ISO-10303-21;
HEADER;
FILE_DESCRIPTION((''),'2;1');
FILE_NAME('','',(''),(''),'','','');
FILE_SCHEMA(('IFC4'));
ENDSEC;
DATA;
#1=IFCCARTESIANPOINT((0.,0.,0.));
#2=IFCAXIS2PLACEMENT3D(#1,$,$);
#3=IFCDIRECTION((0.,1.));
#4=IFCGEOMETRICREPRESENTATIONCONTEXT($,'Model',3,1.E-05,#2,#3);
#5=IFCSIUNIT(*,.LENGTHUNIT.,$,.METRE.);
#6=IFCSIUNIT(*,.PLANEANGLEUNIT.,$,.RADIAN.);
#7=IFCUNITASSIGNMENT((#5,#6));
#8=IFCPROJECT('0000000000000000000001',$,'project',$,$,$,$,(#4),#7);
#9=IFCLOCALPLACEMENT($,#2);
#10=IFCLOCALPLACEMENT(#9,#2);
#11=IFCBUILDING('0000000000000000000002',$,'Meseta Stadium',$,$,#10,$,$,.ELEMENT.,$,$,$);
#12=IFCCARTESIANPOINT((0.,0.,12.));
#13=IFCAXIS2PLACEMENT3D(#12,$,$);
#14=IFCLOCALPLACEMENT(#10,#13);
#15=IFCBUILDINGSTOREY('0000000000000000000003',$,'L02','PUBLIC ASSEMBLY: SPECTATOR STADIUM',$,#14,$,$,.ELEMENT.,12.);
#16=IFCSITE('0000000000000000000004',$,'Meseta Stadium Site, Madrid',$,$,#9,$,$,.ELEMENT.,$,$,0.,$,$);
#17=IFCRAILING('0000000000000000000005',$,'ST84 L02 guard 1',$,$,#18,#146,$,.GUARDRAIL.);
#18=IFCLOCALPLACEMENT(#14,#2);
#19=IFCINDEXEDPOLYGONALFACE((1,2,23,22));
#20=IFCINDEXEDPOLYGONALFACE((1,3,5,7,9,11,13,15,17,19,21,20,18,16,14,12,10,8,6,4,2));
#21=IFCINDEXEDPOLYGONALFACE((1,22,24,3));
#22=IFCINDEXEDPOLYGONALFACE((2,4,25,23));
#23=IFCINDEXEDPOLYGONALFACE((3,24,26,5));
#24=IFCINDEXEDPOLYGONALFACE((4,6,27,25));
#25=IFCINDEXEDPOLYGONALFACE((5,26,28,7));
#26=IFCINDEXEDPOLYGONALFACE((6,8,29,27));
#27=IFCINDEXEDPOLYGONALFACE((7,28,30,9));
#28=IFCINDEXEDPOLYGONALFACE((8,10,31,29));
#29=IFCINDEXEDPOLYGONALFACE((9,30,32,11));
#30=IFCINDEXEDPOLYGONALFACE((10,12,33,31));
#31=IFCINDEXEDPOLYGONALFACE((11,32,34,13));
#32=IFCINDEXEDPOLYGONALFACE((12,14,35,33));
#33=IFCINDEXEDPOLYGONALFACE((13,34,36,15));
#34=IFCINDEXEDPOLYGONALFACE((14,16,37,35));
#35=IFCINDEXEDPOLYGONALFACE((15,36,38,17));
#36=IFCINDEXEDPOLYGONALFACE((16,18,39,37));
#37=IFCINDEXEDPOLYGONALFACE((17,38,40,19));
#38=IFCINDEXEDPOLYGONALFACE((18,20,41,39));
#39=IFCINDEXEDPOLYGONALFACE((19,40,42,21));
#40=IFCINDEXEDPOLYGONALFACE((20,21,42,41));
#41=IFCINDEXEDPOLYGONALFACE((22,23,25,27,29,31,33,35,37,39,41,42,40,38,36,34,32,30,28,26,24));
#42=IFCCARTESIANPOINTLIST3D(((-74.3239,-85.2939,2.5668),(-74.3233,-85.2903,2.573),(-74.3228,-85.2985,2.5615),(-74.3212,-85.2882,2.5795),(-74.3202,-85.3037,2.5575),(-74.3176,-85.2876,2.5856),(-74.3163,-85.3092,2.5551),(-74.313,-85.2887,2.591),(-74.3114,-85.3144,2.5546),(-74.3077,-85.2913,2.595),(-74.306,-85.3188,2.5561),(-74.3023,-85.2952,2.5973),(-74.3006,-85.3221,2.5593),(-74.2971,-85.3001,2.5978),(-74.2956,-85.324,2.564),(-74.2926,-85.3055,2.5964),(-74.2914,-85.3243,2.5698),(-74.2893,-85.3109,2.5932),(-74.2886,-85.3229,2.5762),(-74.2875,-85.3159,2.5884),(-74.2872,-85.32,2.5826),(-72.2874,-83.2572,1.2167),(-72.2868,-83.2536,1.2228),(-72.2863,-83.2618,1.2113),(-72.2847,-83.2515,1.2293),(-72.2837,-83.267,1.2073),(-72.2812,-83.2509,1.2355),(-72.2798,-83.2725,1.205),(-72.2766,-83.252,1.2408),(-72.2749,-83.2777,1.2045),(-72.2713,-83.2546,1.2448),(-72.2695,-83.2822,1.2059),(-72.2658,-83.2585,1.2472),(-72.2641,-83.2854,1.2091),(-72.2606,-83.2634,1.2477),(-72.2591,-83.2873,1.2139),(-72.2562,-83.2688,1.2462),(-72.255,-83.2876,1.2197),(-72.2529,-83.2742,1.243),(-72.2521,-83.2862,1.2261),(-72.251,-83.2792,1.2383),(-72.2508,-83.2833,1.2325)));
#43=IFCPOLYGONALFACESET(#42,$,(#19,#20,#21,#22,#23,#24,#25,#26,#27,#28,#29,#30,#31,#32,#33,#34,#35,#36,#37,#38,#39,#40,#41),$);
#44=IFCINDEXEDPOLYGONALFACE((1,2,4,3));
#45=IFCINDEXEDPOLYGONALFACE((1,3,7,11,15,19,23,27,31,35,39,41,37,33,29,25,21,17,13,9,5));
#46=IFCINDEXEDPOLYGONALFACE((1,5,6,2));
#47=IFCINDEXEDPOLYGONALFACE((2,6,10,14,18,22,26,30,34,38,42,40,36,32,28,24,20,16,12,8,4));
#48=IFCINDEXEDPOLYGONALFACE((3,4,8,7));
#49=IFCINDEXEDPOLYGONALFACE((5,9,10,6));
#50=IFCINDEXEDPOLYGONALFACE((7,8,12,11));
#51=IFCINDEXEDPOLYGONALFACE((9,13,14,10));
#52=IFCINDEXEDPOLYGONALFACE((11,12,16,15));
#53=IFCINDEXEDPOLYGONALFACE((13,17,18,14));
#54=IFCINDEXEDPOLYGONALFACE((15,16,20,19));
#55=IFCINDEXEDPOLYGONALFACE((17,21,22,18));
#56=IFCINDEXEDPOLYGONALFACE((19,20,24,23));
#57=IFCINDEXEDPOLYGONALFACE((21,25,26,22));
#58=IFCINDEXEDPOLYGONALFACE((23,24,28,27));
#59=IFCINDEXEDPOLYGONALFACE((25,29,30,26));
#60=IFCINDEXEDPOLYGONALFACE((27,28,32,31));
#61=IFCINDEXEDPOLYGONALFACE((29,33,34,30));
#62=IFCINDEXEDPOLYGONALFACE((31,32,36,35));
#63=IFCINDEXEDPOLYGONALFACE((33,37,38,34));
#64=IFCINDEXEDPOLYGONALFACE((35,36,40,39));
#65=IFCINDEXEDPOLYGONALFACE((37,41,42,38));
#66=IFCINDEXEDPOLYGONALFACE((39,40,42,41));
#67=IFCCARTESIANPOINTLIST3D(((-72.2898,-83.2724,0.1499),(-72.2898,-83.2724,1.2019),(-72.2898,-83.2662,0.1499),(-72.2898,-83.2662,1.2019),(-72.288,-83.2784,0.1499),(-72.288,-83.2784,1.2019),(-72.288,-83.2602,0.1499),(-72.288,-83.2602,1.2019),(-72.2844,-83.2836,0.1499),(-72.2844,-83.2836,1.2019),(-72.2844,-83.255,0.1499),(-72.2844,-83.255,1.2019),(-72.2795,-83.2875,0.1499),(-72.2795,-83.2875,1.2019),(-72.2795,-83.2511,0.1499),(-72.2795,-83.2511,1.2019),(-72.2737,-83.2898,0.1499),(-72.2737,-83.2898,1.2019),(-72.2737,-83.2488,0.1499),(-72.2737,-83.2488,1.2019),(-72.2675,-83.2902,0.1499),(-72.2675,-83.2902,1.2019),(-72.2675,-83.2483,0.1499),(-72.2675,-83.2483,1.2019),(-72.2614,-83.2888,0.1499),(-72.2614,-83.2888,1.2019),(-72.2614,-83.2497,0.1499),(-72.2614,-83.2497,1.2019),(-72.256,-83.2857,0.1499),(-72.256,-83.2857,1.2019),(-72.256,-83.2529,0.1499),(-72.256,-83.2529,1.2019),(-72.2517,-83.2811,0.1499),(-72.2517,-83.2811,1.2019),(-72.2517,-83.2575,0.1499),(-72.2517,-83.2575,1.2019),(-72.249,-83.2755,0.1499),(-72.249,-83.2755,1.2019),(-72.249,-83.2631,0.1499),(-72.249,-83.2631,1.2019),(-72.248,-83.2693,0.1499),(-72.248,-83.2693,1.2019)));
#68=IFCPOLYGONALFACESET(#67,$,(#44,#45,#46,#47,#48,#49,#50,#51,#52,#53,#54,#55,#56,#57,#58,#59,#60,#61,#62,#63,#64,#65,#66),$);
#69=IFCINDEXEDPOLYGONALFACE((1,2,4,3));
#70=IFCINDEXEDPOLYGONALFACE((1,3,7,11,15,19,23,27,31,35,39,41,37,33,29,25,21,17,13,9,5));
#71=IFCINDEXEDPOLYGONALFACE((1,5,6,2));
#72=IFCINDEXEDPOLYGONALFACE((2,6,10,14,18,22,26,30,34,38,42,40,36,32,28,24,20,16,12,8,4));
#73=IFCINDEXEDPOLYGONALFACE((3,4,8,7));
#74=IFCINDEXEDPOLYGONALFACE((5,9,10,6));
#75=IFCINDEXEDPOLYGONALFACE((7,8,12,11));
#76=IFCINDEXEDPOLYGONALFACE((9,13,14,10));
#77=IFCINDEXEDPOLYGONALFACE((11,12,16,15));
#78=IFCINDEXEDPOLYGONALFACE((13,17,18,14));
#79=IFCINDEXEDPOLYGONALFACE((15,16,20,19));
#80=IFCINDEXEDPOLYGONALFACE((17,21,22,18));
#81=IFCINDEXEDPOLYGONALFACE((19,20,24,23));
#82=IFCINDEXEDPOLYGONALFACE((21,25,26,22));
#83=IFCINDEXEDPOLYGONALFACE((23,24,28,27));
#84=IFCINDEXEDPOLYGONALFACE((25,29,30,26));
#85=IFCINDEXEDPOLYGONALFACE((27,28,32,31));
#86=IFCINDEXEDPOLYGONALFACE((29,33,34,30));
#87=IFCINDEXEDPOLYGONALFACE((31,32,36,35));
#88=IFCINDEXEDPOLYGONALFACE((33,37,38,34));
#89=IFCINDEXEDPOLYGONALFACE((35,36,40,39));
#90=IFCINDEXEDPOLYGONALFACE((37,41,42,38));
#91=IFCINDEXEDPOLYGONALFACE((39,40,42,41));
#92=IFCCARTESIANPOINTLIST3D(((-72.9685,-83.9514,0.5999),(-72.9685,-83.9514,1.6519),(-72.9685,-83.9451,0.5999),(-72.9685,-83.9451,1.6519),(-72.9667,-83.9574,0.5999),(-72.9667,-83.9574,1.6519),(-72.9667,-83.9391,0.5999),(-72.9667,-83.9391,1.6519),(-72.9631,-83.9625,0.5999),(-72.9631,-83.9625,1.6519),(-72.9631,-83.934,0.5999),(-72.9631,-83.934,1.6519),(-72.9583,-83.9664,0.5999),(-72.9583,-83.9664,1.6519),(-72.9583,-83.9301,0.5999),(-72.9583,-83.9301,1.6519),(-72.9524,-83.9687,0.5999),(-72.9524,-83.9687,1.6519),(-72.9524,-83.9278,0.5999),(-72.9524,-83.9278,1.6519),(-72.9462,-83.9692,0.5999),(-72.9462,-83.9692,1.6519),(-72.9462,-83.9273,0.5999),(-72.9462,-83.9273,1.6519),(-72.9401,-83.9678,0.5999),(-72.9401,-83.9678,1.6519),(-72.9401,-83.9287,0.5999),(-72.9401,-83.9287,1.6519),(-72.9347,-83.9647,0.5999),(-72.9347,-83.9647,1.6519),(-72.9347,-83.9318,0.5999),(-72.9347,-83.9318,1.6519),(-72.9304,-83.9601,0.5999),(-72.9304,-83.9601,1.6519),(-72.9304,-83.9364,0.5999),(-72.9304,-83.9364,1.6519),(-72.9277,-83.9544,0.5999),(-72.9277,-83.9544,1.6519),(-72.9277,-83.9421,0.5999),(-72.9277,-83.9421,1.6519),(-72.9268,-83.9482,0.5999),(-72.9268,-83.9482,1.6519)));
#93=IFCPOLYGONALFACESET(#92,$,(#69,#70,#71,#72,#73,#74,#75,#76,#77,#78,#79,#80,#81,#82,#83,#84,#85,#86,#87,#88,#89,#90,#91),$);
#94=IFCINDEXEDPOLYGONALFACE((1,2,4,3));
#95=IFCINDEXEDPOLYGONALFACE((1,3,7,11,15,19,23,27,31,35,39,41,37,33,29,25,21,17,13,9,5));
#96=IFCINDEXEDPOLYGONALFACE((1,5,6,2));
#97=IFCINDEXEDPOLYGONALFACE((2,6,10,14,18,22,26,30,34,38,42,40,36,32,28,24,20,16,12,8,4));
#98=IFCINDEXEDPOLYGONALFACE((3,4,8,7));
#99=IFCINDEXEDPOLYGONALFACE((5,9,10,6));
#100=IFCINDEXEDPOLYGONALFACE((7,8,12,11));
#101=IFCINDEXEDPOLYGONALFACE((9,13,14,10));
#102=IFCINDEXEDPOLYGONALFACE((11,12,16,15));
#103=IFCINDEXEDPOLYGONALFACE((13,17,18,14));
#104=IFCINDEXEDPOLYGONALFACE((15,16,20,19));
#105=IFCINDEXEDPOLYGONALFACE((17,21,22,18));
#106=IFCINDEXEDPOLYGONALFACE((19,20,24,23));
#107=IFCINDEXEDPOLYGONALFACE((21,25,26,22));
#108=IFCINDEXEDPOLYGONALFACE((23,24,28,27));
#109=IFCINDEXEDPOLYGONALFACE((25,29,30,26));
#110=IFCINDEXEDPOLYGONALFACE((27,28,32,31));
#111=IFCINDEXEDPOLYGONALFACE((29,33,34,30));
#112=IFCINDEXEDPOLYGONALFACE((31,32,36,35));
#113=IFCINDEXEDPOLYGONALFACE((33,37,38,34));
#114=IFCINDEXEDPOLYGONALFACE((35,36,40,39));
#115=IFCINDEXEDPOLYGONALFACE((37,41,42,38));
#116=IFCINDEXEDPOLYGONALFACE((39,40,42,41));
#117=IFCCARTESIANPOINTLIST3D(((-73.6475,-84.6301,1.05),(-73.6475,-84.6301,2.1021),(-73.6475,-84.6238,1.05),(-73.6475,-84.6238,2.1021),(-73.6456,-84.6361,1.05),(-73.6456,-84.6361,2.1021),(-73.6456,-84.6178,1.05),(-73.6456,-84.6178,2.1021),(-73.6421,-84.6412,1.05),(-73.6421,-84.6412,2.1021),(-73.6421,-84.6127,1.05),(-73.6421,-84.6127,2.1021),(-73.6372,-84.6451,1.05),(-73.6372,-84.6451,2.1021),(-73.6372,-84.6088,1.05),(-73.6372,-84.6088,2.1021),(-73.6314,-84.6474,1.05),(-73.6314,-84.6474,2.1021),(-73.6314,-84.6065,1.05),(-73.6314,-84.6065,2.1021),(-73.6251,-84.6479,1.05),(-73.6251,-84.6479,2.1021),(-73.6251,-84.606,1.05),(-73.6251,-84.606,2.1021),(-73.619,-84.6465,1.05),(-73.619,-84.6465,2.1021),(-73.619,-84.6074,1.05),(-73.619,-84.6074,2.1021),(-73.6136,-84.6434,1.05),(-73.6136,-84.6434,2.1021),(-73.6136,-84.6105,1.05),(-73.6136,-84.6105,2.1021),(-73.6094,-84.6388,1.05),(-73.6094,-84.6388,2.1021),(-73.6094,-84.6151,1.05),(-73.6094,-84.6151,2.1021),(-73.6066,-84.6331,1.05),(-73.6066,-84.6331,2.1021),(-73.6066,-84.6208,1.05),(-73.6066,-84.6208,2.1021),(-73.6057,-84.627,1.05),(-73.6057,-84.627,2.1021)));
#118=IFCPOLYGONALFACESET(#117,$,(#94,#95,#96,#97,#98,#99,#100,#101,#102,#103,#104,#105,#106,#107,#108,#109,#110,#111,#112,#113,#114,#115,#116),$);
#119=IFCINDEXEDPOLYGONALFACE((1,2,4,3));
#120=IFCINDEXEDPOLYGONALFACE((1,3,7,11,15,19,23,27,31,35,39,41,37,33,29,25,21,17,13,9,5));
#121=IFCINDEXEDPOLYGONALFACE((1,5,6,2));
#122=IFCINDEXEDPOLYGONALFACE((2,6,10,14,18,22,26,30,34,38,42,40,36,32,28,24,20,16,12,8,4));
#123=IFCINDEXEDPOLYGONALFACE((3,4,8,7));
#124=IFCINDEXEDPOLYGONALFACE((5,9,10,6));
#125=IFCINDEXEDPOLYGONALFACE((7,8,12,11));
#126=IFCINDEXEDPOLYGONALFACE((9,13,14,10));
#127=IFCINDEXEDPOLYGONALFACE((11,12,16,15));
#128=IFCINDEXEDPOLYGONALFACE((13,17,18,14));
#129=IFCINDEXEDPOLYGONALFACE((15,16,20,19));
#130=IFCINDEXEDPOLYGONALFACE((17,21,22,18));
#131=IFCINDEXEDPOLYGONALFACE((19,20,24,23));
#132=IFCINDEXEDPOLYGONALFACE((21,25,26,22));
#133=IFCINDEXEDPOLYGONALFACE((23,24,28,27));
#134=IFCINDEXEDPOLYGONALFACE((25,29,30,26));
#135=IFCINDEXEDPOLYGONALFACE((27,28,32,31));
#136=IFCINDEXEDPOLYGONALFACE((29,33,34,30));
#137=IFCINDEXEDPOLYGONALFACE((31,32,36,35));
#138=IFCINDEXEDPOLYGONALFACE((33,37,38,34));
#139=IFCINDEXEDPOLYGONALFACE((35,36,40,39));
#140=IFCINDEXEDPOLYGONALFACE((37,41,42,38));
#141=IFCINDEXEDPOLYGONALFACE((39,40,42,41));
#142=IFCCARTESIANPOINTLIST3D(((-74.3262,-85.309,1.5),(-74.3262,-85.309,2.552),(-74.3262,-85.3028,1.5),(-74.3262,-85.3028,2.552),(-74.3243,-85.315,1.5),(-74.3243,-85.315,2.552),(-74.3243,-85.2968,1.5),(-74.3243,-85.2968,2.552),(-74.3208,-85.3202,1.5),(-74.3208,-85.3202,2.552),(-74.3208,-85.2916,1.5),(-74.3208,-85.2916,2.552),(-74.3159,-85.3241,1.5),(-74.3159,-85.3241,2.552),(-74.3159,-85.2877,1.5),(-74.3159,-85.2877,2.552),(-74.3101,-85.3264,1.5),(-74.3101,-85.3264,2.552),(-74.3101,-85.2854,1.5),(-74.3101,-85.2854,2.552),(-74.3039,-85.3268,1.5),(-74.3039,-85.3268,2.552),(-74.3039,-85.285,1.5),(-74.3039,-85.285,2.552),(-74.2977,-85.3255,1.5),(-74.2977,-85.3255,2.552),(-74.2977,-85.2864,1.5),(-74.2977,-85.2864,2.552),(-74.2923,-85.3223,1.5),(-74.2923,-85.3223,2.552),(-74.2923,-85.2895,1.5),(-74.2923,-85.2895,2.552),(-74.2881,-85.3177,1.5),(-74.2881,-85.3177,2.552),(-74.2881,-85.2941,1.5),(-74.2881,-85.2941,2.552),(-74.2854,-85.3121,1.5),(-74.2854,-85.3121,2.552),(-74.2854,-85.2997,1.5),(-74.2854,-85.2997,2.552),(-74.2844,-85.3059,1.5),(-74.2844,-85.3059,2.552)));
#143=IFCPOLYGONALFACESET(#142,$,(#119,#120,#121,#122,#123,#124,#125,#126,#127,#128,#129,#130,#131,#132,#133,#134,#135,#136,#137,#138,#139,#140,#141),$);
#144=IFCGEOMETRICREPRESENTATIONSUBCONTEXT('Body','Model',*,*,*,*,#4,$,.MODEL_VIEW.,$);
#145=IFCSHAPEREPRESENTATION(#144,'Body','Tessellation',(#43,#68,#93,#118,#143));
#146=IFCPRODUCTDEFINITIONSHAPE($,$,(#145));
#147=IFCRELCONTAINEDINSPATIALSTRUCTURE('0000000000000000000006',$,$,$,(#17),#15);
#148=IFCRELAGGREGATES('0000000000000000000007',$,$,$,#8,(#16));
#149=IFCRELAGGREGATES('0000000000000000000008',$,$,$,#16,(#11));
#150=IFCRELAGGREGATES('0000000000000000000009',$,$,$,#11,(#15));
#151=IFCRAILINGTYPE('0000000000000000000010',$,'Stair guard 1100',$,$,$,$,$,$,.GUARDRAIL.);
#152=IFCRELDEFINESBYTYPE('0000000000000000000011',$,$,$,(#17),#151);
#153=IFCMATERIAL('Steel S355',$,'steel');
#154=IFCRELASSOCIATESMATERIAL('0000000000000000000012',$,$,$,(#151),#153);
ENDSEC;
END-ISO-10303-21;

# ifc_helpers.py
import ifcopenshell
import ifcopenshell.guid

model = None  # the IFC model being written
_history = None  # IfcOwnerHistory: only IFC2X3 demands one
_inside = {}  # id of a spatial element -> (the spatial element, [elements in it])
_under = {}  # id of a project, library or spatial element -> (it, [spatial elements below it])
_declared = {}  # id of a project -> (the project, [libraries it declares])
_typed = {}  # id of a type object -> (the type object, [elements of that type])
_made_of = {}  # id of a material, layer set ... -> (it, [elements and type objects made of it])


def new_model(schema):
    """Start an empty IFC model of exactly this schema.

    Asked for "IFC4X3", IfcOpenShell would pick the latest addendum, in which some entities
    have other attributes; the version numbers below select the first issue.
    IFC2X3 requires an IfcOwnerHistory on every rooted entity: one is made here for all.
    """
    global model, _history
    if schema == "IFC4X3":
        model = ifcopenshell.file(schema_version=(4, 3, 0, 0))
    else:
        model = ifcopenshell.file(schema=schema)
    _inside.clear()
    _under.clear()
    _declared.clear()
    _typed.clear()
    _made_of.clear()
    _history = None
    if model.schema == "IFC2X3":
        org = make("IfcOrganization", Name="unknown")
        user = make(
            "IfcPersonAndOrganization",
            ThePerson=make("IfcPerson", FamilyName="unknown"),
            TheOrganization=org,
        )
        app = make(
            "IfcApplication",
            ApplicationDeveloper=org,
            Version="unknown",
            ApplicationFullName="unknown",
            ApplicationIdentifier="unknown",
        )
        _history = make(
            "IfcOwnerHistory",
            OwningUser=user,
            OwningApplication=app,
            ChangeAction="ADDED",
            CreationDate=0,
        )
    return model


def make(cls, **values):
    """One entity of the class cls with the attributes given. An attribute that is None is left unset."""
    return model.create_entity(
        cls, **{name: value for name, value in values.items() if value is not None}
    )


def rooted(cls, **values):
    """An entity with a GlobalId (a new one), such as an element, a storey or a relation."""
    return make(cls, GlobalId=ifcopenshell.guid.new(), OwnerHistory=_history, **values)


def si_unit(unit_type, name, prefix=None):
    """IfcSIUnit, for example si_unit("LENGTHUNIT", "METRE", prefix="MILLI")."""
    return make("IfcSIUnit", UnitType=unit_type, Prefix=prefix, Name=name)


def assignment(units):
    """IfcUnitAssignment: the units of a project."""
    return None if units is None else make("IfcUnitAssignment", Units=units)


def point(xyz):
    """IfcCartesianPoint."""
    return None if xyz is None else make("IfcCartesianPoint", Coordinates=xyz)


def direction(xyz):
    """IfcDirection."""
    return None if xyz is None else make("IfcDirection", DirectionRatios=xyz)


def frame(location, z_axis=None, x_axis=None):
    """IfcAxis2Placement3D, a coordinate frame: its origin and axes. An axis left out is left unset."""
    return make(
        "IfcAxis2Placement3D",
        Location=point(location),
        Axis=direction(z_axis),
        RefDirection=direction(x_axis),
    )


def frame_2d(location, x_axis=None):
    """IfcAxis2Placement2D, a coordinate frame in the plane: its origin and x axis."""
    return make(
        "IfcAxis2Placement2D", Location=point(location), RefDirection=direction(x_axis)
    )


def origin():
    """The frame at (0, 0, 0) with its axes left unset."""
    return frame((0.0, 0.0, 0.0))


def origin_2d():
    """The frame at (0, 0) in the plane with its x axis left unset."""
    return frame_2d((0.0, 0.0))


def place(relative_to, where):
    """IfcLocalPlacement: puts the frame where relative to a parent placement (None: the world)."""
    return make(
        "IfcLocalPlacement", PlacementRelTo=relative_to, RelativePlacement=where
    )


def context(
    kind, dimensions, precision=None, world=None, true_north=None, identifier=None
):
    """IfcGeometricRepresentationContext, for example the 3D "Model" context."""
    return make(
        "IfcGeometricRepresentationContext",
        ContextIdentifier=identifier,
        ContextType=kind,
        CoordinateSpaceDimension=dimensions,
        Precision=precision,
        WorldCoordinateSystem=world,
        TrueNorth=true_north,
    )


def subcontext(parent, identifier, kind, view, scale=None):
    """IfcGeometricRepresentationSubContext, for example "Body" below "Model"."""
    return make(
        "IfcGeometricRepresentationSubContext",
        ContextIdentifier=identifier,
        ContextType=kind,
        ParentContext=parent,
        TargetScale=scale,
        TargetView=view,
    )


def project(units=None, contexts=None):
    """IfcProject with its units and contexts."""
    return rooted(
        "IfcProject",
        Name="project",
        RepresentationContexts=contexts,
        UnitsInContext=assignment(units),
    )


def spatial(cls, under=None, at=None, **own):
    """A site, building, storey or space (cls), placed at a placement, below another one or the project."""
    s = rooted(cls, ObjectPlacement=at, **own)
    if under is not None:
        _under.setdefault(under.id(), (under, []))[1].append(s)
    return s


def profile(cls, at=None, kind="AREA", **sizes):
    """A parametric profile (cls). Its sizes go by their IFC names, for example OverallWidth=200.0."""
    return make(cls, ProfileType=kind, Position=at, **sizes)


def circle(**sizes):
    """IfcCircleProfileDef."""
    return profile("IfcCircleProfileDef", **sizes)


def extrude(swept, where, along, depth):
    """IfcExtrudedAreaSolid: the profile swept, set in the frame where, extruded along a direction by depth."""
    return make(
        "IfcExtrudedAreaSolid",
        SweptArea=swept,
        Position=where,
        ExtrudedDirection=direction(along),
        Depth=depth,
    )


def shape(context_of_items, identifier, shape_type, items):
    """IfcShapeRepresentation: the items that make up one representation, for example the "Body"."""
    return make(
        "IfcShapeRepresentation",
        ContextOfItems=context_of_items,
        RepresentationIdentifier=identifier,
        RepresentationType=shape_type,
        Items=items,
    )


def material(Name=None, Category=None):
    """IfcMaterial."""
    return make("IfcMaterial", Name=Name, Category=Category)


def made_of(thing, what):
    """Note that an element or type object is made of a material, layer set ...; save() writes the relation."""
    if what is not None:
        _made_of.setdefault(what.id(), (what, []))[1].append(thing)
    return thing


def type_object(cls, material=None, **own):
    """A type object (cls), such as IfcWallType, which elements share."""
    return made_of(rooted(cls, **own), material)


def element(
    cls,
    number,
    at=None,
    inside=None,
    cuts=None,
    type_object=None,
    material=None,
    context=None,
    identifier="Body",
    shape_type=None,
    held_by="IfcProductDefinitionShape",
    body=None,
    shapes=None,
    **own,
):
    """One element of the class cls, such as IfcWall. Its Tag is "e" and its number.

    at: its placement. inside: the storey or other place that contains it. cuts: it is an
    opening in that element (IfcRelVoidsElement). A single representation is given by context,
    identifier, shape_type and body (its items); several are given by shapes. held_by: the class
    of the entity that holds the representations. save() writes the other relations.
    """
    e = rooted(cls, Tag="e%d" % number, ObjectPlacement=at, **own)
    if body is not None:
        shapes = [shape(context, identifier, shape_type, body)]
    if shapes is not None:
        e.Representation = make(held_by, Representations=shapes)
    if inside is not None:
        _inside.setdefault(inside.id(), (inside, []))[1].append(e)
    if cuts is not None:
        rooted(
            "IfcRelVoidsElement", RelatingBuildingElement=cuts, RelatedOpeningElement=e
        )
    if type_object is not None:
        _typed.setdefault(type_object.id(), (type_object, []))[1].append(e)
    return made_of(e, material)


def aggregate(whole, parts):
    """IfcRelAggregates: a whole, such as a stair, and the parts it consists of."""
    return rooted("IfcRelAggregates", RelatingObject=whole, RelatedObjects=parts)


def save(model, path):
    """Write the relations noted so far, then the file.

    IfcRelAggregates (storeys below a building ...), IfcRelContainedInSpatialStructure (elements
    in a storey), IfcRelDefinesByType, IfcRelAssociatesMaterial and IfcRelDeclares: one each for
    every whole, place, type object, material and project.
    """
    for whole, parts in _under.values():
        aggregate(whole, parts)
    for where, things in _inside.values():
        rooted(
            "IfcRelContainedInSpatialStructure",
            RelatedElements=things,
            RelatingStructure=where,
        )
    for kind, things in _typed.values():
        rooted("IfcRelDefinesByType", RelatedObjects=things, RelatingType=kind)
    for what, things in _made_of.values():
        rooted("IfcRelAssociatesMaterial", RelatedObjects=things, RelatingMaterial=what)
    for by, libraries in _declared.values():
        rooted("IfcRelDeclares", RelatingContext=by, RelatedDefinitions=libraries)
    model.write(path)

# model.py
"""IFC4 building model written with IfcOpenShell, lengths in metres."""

from ifc_helpers import new_model, si_unit, direction, frame, origin, origin_2d, place, context, subcontext, project, spatial, circle, extrude, material, type_object, element, save


model = new_model("IFC4")

# Units and contexts
model_context = context("Model", 3, precision=1e-05, world=origin(), true_north=direction((0.0, 1.0)))
body_context = subcontext(model_context, "Body", "Model", "MODEL_VIEW")
ifc_project = project(units=[si_unit("LENGTHUNIT", "METRE"), si_unit("PLANEANGLEUNIT", "RADIAN")], contexts=[model_context])

# Site, building, storey
site_placement = place(None, origin())
site = spatial("IfcSite", under=ifc_project, at=site_placement, Name="Meseta Stadium Site, Madrid", CompositionType="ELEMENT", RefElevation=0.0)
building_placement = place(site_placement, origin())
building = spatial("IfcBuilding", under=site, at=building_placement, Name="Meseta Stadium", CompositionType="ELEMENT")
storey_placement = place(building_placement, frame((0.0, 0.0, 12.0)))
storey = spatial("IfcBuildingStorey", under=building, at=storey_placement, Name="L02", Description="PUBLIC ASSEMBLY: SPECTATOR STADIUM", CompositionType="ELEMENT", Elevation=12.0)

# Railing
ifc_material_1 = material(Name="Steel S355", Category="steel")
railing_type_1 = type_object("IfcRailingType", Name="Stair guard 1100", PredefinedType="GUARDRAIL", material=ifc_material_1)
railing_1_placement = place(storey_placement, frame((-72.269, -83.2693, 0.1499)))
element("IfcRailing", 1, at=railing_1_placement, inside=storey, type_object=railing_type_1, Name="ST84 L02 guard 1", PredefinedType="GUARDRAIL", context=body_context, shape_type="SweptSolid", body=[
    extrude(circle(Radius=0.0239, at=origin_2d()), frame((0.0, 0.0, 1.0762), z_axis=(-0.640211, -0.640288, 0.424454), x_axis=(0.707149, -0.707064, 0.0)), (0.0, 0.0, 1.0), 3.1809),
    extrude(circle(Radius=0.021, at=origin_2d()), origin(), (0.0, 0.0, 1.0), 1.052),
    extrude(circle(Radius=0.021, at=origin_2d()), frame((-0.6787, -0.679, 0.45)), (0.0, 0.0, 1.0), 1.052),
    extrude(circle(Radius=0.021, at=origin_2d()), frame((-1.3577, -1.3577, 0.9001)), (0.0, 0.0, 1.0), 1.052),
    extrude(circle(Radius=0.021, at=origin_2d()), frame((-2.0364, -2.0366, 1.3501)), (0.0, 0.0, 1.0), 1.052),
])

save(model, "model.ifc")
